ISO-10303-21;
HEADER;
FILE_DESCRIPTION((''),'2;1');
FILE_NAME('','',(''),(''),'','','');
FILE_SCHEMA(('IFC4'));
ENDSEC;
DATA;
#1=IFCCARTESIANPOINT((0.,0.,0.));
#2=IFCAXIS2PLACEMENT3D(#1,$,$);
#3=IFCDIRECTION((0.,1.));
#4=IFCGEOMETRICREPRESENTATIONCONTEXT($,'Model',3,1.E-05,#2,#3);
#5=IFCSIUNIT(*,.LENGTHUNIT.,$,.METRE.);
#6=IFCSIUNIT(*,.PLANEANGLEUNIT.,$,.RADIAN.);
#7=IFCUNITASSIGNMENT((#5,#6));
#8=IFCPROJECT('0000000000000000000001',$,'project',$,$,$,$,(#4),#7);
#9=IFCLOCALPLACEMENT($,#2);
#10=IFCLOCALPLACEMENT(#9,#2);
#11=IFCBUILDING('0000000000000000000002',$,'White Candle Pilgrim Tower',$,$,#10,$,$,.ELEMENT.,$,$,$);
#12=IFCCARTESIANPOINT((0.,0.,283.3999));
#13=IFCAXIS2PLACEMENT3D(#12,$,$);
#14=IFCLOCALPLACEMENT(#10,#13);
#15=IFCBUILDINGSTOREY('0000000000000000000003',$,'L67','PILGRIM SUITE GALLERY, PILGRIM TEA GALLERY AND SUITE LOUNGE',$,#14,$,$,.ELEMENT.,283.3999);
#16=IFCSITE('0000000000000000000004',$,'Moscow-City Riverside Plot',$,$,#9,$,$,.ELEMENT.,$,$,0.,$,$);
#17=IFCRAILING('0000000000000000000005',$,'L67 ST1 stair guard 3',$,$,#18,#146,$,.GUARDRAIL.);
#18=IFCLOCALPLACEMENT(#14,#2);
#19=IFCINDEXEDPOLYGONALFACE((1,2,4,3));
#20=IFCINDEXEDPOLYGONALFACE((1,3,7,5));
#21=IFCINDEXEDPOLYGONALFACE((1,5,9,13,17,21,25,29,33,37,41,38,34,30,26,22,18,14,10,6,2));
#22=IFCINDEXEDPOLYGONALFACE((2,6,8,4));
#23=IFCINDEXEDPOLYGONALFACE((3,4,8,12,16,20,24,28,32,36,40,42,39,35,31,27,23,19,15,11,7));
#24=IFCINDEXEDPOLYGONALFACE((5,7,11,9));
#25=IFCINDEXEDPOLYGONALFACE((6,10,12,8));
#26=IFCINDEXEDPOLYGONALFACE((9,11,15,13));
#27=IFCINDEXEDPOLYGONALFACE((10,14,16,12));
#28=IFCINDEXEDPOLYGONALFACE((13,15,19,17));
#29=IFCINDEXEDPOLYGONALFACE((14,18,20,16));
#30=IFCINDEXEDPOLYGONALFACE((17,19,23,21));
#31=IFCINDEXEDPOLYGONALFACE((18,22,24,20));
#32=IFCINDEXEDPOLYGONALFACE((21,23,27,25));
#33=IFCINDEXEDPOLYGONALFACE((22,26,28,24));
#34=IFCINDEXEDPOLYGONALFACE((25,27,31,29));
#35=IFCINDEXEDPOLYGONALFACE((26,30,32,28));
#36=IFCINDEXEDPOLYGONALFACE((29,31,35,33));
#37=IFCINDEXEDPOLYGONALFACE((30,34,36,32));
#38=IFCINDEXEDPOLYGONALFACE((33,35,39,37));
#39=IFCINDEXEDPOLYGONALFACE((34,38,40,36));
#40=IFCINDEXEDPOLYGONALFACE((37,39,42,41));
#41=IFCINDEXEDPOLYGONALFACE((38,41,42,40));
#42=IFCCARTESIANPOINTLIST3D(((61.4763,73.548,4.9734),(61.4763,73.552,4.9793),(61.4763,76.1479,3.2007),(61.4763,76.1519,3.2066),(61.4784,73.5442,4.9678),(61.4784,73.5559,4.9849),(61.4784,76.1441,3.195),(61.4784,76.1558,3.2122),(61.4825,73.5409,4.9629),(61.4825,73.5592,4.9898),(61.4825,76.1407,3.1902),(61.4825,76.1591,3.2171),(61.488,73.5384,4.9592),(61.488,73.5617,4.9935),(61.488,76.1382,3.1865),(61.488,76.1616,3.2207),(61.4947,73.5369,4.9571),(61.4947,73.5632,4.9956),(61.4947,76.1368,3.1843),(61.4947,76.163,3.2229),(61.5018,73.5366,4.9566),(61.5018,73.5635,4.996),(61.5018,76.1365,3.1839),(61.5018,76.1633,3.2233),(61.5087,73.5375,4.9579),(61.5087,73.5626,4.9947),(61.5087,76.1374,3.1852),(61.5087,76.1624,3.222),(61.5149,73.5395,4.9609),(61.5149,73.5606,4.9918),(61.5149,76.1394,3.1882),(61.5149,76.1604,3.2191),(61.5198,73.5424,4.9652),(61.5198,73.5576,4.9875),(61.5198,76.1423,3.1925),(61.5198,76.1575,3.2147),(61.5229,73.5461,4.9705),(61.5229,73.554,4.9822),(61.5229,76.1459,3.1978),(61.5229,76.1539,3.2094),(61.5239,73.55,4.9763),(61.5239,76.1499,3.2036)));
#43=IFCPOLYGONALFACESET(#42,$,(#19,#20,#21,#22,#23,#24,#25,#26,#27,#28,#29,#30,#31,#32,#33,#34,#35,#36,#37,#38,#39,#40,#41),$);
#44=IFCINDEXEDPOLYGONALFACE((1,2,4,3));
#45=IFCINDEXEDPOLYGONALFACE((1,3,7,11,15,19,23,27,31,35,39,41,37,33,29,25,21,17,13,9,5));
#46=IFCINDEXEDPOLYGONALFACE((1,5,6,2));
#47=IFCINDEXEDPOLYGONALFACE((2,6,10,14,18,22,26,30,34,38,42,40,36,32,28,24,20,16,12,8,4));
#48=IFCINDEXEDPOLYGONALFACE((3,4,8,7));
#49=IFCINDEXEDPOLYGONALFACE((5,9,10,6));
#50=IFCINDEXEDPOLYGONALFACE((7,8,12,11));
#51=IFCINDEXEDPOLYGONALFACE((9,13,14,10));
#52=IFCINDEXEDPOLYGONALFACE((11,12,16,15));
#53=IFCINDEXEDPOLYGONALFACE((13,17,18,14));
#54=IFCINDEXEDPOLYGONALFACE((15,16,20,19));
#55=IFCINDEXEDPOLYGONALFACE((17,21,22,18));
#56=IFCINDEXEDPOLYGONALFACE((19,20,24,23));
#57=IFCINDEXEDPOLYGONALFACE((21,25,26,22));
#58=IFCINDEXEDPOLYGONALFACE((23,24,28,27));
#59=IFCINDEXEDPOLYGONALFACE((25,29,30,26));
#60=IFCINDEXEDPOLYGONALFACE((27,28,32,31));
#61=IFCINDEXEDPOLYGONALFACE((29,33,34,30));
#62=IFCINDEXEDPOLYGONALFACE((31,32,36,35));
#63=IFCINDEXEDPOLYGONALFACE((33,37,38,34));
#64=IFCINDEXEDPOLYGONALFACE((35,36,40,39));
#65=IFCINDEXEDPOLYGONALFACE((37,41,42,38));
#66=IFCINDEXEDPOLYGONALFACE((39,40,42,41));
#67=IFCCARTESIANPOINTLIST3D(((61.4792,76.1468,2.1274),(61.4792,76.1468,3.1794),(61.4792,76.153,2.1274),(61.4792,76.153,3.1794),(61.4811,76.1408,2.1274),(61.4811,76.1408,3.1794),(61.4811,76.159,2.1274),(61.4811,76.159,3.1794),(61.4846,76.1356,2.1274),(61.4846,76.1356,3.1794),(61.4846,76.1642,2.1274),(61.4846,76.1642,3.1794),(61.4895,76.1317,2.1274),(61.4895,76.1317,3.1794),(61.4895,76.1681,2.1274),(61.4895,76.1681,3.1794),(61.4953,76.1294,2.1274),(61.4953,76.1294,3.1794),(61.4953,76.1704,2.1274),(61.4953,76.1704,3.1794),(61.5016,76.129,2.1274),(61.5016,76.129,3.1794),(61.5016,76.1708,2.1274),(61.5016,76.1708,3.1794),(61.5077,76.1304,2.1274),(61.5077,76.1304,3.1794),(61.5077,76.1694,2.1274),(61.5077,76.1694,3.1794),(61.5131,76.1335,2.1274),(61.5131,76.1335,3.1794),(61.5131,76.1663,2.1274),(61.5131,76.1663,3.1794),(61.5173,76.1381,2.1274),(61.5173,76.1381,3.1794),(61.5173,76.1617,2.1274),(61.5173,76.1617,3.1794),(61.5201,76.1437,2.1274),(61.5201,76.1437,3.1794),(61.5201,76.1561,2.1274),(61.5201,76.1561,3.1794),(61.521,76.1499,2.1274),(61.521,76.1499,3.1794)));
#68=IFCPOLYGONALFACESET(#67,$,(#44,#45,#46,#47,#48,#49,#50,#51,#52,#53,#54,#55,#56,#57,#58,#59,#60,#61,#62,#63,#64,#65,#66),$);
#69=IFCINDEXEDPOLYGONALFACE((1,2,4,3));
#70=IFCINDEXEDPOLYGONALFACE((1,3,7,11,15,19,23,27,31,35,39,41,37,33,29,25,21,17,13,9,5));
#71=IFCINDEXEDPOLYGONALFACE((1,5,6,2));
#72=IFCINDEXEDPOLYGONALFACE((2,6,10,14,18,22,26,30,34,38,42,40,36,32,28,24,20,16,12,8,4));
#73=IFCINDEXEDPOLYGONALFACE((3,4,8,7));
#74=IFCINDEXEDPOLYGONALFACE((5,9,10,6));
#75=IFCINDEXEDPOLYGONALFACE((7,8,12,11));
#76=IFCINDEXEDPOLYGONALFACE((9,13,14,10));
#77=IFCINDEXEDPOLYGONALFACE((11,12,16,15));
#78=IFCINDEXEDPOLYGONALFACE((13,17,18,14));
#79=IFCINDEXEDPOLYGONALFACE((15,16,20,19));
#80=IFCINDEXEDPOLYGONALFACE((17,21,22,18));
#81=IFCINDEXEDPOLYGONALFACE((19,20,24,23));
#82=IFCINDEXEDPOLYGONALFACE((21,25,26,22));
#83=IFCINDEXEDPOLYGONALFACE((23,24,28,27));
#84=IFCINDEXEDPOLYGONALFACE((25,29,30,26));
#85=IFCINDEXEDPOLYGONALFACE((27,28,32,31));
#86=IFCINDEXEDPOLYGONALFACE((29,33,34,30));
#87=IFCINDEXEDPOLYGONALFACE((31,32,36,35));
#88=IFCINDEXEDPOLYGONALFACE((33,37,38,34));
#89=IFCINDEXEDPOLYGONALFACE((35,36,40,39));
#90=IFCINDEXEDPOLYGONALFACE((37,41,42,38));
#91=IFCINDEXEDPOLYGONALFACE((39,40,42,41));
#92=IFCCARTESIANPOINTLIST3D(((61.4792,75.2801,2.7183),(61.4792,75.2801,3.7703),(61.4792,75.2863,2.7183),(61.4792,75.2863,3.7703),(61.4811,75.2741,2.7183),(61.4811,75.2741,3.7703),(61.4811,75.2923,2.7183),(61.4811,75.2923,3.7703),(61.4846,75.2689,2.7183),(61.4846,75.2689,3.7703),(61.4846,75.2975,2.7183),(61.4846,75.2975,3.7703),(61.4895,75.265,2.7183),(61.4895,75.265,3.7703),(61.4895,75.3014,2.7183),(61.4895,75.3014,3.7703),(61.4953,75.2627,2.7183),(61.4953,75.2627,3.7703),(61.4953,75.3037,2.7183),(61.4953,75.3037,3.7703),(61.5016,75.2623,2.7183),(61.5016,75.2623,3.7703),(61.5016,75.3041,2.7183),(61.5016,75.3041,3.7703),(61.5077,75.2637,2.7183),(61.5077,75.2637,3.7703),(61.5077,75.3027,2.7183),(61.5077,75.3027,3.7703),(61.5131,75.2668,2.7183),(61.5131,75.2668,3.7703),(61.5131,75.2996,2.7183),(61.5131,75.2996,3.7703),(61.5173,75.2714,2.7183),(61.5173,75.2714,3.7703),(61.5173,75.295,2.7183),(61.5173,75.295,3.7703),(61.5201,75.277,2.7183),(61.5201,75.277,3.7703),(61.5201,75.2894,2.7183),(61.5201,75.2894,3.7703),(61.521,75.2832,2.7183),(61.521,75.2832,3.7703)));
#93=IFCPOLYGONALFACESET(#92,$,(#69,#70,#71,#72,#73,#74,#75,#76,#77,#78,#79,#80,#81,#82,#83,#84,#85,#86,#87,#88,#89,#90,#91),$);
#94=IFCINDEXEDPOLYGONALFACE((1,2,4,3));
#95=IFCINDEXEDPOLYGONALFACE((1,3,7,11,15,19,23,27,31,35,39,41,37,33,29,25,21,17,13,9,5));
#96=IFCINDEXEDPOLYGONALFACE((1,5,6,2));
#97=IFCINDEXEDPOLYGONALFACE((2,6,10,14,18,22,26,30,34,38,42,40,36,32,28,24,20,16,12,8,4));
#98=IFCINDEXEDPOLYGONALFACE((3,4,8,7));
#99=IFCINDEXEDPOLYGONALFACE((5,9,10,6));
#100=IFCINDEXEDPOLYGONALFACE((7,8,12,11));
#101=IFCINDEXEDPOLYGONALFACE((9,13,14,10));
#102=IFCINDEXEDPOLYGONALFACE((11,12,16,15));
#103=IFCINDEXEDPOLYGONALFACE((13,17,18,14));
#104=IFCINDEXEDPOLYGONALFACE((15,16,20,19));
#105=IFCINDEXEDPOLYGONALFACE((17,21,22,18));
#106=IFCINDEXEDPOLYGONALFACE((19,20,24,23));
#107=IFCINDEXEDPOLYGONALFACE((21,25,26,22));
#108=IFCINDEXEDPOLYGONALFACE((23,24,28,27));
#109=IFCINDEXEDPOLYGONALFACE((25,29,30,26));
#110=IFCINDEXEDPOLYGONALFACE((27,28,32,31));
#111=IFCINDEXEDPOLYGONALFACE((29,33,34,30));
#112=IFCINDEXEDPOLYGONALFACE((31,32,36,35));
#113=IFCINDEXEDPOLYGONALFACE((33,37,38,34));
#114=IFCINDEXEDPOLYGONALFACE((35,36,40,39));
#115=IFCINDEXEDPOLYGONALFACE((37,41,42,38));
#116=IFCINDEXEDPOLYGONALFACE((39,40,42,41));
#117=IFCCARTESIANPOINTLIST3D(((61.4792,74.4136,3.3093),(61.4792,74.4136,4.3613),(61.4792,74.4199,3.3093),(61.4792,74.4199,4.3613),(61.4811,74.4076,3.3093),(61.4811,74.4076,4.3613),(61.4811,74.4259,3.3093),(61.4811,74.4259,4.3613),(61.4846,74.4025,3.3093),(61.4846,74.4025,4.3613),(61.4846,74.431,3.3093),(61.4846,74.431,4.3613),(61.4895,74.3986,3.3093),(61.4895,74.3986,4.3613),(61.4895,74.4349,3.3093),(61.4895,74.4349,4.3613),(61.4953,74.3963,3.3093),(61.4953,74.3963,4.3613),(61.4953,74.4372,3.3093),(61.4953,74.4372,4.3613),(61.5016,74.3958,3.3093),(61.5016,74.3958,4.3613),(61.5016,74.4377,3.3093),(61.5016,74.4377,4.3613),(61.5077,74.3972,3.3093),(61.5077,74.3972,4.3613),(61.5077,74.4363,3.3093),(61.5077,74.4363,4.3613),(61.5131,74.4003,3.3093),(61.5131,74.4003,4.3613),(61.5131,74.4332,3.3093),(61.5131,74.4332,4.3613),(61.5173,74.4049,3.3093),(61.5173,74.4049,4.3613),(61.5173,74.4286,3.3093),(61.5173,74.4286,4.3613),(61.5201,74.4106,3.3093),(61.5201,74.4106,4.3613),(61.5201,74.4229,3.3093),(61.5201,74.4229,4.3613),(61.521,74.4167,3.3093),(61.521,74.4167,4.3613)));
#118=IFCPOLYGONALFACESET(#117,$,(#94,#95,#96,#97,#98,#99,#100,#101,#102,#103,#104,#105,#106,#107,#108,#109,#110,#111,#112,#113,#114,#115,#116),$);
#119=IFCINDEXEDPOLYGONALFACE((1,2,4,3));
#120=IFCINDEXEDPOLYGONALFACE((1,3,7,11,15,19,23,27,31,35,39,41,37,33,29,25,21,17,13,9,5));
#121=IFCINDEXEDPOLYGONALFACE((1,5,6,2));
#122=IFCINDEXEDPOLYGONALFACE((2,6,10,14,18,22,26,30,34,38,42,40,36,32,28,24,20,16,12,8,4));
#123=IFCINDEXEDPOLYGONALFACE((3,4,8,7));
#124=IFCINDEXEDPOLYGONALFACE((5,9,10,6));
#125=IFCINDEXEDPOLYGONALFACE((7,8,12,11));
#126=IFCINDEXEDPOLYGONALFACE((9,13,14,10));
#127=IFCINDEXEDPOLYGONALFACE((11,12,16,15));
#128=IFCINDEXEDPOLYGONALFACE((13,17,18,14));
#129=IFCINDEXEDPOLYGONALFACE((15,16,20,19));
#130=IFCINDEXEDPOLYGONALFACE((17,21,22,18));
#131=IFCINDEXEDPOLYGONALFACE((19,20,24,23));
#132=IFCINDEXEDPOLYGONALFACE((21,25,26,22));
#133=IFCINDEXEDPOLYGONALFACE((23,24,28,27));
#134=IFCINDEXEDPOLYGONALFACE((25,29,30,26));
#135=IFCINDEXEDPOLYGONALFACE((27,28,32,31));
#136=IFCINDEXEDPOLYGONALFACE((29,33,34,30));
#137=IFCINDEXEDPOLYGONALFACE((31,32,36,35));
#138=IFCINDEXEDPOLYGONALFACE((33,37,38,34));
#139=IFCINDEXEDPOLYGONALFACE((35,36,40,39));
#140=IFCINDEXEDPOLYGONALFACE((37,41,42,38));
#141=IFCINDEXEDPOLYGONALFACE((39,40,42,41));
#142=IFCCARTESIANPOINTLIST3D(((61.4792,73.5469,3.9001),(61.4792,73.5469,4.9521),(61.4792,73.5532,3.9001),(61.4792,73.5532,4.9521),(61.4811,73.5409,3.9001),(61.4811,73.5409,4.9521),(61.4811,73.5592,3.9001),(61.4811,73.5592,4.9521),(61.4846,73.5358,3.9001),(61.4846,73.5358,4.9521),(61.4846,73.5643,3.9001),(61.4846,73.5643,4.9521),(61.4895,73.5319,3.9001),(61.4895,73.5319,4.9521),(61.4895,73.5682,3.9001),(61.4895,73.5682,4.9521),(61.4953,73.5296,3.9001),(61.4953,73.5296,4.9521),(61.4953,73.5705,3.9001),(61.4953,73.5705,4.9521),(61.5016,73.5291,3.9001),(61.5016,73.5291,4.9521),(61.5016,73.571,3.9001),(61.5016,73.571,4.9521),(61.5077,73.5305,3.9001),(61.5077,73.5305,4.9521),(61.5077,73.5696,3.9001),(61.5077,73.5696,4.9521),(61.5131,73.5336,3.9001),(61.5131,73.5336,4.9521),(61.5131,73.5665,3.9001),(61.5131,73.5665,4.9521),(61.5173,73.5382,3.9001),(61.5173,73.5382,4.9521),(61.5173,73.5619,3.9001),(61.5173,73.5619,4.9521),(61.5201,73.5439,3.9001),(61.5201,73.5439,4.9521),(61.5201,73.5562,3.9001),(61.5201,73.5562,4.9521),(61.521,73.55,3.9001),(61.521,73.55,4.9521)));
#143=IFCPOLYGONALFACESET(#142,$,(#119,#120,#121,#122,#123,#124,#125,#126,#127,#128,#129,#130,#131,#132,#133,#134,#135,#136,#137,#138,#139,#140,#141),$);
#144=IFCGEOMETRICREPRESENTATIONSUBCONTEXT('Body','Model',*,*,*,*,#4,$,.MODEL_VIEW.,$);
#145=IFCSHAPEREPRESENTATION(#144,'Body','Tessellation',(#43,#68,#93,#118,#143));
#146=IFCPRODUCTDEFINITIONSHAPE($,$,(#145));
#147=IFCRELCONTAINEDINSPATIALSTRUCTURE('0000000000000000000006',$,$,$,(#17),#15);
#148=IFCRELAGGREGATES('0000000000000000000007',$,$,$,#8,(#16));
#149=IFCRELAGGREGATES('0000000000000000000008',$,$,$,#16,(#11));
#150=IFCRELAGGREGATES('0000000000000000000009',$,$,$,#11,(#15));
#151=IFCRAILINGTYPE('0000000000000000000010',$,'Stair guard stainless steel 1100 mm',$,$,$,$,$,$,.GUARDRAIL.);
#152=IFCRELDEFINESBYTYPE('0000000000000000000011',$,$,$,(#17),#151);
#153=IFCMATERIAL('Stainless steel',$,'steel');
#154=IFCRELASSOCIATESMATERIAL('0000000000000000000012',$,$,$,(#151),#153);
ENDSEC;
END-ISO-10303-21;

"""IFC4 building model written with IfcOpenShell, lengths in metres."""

from ifc_helpers import new_model, si_unit, direction, frame, origin, origin_2d, place, context, subcontext, project, spatial, circle, extrude, material, type_object, element, save


model = new_model("IFC4")

# Units and contexts
model_context = context("Model", 3, precision=1e-05, world=origin(), true_north=direction((0.0, 1.0)))
body_context = subcontext(model_context, "Body", "Model", "MODEL_VIEW")
ifc_project = project(units=[si_unit("LENGTHUNIT", "METRE"), si_unit("PLANEANGLEUNIT", "RADIAN")], contexts=[model_context])

# Site, building, storey
site_placement = place(None, origin())
site = spatial("IfcSite", under=ifc_project, at=site_placement, Name="Moscow-City Riverside Plot", CompositionType="ELEMENT", RefElevation=0.0)
building_placement = place(site_placement, origin())
building = spatial("IfcBuilding", under=site, at=building_placement, Name="White Candle Pilgrim Tower", CompositionType="ELEMENT")
storey_placement = place(building_placement, frame((0.0, 0.0, 283.3999)))
storey = spatial("IfcBuildingStorey", under=building, at=storey_placement, Name="L67", Description="PILGRIM SUITE GALLERY, PILGRIM TEA GALLERY AND SUITE LOUNGE", CompositionType="ELEMENT", Elevation=283.3999)

# Shared definitions
ifc_material_1 = material(Name="Stainless steel", Category="steel")

# Railing
railing_type = type_object("IfcRailingType", Name="Stair guard stainless steel 1100 mm", PredefinedType="GUARDRAIL", material=ifc_material_1)
railing_1_placement = place(storey_placement, frame((61.5, 76.1499, 2.1274)))
element("IfcRailing", 1, at=railing_1_placement, inside=storey, type_object=railing_type, Name="L67 ST1 stair guard 3", PredefinedType="GUARDRAIL", context=body_context, shape_type="SweptSolid", body=[
    extrude(circle(Radius=0.0239, at=origin_2d()), frame((0.0, 0.0, 1.0762), z_axis=(0.0, -0.826216, 0.563354), x_axis=(1.0, 0.0, 0.0)), (0.0, 0.0, 1.0), 3.1467),
    extrude(circle(Radius=0.021, at=origin_2d()), origin(), (0.0, 0.0, 1.0), 1.052),
    extrude(circle(Radius=0.021, at=origin_2d()), frame((0.0, -0.8667, 0.5908)), (0.0, 0.0, 1.0), 1.052),
    extrude(circle(Radius=0.021, at=origin_2d()), frame((0.0, -1.7332, 1.1819)), (0.0, 0.0, 1.0), 1.052),
    extrude(circle(Radius=0.021, at=origin_2d()), frame((0.0, -2.5999, 1.7727)), (0.0, 0.0, 1.0), 1.052),
])

save(model, "model.ifc")
